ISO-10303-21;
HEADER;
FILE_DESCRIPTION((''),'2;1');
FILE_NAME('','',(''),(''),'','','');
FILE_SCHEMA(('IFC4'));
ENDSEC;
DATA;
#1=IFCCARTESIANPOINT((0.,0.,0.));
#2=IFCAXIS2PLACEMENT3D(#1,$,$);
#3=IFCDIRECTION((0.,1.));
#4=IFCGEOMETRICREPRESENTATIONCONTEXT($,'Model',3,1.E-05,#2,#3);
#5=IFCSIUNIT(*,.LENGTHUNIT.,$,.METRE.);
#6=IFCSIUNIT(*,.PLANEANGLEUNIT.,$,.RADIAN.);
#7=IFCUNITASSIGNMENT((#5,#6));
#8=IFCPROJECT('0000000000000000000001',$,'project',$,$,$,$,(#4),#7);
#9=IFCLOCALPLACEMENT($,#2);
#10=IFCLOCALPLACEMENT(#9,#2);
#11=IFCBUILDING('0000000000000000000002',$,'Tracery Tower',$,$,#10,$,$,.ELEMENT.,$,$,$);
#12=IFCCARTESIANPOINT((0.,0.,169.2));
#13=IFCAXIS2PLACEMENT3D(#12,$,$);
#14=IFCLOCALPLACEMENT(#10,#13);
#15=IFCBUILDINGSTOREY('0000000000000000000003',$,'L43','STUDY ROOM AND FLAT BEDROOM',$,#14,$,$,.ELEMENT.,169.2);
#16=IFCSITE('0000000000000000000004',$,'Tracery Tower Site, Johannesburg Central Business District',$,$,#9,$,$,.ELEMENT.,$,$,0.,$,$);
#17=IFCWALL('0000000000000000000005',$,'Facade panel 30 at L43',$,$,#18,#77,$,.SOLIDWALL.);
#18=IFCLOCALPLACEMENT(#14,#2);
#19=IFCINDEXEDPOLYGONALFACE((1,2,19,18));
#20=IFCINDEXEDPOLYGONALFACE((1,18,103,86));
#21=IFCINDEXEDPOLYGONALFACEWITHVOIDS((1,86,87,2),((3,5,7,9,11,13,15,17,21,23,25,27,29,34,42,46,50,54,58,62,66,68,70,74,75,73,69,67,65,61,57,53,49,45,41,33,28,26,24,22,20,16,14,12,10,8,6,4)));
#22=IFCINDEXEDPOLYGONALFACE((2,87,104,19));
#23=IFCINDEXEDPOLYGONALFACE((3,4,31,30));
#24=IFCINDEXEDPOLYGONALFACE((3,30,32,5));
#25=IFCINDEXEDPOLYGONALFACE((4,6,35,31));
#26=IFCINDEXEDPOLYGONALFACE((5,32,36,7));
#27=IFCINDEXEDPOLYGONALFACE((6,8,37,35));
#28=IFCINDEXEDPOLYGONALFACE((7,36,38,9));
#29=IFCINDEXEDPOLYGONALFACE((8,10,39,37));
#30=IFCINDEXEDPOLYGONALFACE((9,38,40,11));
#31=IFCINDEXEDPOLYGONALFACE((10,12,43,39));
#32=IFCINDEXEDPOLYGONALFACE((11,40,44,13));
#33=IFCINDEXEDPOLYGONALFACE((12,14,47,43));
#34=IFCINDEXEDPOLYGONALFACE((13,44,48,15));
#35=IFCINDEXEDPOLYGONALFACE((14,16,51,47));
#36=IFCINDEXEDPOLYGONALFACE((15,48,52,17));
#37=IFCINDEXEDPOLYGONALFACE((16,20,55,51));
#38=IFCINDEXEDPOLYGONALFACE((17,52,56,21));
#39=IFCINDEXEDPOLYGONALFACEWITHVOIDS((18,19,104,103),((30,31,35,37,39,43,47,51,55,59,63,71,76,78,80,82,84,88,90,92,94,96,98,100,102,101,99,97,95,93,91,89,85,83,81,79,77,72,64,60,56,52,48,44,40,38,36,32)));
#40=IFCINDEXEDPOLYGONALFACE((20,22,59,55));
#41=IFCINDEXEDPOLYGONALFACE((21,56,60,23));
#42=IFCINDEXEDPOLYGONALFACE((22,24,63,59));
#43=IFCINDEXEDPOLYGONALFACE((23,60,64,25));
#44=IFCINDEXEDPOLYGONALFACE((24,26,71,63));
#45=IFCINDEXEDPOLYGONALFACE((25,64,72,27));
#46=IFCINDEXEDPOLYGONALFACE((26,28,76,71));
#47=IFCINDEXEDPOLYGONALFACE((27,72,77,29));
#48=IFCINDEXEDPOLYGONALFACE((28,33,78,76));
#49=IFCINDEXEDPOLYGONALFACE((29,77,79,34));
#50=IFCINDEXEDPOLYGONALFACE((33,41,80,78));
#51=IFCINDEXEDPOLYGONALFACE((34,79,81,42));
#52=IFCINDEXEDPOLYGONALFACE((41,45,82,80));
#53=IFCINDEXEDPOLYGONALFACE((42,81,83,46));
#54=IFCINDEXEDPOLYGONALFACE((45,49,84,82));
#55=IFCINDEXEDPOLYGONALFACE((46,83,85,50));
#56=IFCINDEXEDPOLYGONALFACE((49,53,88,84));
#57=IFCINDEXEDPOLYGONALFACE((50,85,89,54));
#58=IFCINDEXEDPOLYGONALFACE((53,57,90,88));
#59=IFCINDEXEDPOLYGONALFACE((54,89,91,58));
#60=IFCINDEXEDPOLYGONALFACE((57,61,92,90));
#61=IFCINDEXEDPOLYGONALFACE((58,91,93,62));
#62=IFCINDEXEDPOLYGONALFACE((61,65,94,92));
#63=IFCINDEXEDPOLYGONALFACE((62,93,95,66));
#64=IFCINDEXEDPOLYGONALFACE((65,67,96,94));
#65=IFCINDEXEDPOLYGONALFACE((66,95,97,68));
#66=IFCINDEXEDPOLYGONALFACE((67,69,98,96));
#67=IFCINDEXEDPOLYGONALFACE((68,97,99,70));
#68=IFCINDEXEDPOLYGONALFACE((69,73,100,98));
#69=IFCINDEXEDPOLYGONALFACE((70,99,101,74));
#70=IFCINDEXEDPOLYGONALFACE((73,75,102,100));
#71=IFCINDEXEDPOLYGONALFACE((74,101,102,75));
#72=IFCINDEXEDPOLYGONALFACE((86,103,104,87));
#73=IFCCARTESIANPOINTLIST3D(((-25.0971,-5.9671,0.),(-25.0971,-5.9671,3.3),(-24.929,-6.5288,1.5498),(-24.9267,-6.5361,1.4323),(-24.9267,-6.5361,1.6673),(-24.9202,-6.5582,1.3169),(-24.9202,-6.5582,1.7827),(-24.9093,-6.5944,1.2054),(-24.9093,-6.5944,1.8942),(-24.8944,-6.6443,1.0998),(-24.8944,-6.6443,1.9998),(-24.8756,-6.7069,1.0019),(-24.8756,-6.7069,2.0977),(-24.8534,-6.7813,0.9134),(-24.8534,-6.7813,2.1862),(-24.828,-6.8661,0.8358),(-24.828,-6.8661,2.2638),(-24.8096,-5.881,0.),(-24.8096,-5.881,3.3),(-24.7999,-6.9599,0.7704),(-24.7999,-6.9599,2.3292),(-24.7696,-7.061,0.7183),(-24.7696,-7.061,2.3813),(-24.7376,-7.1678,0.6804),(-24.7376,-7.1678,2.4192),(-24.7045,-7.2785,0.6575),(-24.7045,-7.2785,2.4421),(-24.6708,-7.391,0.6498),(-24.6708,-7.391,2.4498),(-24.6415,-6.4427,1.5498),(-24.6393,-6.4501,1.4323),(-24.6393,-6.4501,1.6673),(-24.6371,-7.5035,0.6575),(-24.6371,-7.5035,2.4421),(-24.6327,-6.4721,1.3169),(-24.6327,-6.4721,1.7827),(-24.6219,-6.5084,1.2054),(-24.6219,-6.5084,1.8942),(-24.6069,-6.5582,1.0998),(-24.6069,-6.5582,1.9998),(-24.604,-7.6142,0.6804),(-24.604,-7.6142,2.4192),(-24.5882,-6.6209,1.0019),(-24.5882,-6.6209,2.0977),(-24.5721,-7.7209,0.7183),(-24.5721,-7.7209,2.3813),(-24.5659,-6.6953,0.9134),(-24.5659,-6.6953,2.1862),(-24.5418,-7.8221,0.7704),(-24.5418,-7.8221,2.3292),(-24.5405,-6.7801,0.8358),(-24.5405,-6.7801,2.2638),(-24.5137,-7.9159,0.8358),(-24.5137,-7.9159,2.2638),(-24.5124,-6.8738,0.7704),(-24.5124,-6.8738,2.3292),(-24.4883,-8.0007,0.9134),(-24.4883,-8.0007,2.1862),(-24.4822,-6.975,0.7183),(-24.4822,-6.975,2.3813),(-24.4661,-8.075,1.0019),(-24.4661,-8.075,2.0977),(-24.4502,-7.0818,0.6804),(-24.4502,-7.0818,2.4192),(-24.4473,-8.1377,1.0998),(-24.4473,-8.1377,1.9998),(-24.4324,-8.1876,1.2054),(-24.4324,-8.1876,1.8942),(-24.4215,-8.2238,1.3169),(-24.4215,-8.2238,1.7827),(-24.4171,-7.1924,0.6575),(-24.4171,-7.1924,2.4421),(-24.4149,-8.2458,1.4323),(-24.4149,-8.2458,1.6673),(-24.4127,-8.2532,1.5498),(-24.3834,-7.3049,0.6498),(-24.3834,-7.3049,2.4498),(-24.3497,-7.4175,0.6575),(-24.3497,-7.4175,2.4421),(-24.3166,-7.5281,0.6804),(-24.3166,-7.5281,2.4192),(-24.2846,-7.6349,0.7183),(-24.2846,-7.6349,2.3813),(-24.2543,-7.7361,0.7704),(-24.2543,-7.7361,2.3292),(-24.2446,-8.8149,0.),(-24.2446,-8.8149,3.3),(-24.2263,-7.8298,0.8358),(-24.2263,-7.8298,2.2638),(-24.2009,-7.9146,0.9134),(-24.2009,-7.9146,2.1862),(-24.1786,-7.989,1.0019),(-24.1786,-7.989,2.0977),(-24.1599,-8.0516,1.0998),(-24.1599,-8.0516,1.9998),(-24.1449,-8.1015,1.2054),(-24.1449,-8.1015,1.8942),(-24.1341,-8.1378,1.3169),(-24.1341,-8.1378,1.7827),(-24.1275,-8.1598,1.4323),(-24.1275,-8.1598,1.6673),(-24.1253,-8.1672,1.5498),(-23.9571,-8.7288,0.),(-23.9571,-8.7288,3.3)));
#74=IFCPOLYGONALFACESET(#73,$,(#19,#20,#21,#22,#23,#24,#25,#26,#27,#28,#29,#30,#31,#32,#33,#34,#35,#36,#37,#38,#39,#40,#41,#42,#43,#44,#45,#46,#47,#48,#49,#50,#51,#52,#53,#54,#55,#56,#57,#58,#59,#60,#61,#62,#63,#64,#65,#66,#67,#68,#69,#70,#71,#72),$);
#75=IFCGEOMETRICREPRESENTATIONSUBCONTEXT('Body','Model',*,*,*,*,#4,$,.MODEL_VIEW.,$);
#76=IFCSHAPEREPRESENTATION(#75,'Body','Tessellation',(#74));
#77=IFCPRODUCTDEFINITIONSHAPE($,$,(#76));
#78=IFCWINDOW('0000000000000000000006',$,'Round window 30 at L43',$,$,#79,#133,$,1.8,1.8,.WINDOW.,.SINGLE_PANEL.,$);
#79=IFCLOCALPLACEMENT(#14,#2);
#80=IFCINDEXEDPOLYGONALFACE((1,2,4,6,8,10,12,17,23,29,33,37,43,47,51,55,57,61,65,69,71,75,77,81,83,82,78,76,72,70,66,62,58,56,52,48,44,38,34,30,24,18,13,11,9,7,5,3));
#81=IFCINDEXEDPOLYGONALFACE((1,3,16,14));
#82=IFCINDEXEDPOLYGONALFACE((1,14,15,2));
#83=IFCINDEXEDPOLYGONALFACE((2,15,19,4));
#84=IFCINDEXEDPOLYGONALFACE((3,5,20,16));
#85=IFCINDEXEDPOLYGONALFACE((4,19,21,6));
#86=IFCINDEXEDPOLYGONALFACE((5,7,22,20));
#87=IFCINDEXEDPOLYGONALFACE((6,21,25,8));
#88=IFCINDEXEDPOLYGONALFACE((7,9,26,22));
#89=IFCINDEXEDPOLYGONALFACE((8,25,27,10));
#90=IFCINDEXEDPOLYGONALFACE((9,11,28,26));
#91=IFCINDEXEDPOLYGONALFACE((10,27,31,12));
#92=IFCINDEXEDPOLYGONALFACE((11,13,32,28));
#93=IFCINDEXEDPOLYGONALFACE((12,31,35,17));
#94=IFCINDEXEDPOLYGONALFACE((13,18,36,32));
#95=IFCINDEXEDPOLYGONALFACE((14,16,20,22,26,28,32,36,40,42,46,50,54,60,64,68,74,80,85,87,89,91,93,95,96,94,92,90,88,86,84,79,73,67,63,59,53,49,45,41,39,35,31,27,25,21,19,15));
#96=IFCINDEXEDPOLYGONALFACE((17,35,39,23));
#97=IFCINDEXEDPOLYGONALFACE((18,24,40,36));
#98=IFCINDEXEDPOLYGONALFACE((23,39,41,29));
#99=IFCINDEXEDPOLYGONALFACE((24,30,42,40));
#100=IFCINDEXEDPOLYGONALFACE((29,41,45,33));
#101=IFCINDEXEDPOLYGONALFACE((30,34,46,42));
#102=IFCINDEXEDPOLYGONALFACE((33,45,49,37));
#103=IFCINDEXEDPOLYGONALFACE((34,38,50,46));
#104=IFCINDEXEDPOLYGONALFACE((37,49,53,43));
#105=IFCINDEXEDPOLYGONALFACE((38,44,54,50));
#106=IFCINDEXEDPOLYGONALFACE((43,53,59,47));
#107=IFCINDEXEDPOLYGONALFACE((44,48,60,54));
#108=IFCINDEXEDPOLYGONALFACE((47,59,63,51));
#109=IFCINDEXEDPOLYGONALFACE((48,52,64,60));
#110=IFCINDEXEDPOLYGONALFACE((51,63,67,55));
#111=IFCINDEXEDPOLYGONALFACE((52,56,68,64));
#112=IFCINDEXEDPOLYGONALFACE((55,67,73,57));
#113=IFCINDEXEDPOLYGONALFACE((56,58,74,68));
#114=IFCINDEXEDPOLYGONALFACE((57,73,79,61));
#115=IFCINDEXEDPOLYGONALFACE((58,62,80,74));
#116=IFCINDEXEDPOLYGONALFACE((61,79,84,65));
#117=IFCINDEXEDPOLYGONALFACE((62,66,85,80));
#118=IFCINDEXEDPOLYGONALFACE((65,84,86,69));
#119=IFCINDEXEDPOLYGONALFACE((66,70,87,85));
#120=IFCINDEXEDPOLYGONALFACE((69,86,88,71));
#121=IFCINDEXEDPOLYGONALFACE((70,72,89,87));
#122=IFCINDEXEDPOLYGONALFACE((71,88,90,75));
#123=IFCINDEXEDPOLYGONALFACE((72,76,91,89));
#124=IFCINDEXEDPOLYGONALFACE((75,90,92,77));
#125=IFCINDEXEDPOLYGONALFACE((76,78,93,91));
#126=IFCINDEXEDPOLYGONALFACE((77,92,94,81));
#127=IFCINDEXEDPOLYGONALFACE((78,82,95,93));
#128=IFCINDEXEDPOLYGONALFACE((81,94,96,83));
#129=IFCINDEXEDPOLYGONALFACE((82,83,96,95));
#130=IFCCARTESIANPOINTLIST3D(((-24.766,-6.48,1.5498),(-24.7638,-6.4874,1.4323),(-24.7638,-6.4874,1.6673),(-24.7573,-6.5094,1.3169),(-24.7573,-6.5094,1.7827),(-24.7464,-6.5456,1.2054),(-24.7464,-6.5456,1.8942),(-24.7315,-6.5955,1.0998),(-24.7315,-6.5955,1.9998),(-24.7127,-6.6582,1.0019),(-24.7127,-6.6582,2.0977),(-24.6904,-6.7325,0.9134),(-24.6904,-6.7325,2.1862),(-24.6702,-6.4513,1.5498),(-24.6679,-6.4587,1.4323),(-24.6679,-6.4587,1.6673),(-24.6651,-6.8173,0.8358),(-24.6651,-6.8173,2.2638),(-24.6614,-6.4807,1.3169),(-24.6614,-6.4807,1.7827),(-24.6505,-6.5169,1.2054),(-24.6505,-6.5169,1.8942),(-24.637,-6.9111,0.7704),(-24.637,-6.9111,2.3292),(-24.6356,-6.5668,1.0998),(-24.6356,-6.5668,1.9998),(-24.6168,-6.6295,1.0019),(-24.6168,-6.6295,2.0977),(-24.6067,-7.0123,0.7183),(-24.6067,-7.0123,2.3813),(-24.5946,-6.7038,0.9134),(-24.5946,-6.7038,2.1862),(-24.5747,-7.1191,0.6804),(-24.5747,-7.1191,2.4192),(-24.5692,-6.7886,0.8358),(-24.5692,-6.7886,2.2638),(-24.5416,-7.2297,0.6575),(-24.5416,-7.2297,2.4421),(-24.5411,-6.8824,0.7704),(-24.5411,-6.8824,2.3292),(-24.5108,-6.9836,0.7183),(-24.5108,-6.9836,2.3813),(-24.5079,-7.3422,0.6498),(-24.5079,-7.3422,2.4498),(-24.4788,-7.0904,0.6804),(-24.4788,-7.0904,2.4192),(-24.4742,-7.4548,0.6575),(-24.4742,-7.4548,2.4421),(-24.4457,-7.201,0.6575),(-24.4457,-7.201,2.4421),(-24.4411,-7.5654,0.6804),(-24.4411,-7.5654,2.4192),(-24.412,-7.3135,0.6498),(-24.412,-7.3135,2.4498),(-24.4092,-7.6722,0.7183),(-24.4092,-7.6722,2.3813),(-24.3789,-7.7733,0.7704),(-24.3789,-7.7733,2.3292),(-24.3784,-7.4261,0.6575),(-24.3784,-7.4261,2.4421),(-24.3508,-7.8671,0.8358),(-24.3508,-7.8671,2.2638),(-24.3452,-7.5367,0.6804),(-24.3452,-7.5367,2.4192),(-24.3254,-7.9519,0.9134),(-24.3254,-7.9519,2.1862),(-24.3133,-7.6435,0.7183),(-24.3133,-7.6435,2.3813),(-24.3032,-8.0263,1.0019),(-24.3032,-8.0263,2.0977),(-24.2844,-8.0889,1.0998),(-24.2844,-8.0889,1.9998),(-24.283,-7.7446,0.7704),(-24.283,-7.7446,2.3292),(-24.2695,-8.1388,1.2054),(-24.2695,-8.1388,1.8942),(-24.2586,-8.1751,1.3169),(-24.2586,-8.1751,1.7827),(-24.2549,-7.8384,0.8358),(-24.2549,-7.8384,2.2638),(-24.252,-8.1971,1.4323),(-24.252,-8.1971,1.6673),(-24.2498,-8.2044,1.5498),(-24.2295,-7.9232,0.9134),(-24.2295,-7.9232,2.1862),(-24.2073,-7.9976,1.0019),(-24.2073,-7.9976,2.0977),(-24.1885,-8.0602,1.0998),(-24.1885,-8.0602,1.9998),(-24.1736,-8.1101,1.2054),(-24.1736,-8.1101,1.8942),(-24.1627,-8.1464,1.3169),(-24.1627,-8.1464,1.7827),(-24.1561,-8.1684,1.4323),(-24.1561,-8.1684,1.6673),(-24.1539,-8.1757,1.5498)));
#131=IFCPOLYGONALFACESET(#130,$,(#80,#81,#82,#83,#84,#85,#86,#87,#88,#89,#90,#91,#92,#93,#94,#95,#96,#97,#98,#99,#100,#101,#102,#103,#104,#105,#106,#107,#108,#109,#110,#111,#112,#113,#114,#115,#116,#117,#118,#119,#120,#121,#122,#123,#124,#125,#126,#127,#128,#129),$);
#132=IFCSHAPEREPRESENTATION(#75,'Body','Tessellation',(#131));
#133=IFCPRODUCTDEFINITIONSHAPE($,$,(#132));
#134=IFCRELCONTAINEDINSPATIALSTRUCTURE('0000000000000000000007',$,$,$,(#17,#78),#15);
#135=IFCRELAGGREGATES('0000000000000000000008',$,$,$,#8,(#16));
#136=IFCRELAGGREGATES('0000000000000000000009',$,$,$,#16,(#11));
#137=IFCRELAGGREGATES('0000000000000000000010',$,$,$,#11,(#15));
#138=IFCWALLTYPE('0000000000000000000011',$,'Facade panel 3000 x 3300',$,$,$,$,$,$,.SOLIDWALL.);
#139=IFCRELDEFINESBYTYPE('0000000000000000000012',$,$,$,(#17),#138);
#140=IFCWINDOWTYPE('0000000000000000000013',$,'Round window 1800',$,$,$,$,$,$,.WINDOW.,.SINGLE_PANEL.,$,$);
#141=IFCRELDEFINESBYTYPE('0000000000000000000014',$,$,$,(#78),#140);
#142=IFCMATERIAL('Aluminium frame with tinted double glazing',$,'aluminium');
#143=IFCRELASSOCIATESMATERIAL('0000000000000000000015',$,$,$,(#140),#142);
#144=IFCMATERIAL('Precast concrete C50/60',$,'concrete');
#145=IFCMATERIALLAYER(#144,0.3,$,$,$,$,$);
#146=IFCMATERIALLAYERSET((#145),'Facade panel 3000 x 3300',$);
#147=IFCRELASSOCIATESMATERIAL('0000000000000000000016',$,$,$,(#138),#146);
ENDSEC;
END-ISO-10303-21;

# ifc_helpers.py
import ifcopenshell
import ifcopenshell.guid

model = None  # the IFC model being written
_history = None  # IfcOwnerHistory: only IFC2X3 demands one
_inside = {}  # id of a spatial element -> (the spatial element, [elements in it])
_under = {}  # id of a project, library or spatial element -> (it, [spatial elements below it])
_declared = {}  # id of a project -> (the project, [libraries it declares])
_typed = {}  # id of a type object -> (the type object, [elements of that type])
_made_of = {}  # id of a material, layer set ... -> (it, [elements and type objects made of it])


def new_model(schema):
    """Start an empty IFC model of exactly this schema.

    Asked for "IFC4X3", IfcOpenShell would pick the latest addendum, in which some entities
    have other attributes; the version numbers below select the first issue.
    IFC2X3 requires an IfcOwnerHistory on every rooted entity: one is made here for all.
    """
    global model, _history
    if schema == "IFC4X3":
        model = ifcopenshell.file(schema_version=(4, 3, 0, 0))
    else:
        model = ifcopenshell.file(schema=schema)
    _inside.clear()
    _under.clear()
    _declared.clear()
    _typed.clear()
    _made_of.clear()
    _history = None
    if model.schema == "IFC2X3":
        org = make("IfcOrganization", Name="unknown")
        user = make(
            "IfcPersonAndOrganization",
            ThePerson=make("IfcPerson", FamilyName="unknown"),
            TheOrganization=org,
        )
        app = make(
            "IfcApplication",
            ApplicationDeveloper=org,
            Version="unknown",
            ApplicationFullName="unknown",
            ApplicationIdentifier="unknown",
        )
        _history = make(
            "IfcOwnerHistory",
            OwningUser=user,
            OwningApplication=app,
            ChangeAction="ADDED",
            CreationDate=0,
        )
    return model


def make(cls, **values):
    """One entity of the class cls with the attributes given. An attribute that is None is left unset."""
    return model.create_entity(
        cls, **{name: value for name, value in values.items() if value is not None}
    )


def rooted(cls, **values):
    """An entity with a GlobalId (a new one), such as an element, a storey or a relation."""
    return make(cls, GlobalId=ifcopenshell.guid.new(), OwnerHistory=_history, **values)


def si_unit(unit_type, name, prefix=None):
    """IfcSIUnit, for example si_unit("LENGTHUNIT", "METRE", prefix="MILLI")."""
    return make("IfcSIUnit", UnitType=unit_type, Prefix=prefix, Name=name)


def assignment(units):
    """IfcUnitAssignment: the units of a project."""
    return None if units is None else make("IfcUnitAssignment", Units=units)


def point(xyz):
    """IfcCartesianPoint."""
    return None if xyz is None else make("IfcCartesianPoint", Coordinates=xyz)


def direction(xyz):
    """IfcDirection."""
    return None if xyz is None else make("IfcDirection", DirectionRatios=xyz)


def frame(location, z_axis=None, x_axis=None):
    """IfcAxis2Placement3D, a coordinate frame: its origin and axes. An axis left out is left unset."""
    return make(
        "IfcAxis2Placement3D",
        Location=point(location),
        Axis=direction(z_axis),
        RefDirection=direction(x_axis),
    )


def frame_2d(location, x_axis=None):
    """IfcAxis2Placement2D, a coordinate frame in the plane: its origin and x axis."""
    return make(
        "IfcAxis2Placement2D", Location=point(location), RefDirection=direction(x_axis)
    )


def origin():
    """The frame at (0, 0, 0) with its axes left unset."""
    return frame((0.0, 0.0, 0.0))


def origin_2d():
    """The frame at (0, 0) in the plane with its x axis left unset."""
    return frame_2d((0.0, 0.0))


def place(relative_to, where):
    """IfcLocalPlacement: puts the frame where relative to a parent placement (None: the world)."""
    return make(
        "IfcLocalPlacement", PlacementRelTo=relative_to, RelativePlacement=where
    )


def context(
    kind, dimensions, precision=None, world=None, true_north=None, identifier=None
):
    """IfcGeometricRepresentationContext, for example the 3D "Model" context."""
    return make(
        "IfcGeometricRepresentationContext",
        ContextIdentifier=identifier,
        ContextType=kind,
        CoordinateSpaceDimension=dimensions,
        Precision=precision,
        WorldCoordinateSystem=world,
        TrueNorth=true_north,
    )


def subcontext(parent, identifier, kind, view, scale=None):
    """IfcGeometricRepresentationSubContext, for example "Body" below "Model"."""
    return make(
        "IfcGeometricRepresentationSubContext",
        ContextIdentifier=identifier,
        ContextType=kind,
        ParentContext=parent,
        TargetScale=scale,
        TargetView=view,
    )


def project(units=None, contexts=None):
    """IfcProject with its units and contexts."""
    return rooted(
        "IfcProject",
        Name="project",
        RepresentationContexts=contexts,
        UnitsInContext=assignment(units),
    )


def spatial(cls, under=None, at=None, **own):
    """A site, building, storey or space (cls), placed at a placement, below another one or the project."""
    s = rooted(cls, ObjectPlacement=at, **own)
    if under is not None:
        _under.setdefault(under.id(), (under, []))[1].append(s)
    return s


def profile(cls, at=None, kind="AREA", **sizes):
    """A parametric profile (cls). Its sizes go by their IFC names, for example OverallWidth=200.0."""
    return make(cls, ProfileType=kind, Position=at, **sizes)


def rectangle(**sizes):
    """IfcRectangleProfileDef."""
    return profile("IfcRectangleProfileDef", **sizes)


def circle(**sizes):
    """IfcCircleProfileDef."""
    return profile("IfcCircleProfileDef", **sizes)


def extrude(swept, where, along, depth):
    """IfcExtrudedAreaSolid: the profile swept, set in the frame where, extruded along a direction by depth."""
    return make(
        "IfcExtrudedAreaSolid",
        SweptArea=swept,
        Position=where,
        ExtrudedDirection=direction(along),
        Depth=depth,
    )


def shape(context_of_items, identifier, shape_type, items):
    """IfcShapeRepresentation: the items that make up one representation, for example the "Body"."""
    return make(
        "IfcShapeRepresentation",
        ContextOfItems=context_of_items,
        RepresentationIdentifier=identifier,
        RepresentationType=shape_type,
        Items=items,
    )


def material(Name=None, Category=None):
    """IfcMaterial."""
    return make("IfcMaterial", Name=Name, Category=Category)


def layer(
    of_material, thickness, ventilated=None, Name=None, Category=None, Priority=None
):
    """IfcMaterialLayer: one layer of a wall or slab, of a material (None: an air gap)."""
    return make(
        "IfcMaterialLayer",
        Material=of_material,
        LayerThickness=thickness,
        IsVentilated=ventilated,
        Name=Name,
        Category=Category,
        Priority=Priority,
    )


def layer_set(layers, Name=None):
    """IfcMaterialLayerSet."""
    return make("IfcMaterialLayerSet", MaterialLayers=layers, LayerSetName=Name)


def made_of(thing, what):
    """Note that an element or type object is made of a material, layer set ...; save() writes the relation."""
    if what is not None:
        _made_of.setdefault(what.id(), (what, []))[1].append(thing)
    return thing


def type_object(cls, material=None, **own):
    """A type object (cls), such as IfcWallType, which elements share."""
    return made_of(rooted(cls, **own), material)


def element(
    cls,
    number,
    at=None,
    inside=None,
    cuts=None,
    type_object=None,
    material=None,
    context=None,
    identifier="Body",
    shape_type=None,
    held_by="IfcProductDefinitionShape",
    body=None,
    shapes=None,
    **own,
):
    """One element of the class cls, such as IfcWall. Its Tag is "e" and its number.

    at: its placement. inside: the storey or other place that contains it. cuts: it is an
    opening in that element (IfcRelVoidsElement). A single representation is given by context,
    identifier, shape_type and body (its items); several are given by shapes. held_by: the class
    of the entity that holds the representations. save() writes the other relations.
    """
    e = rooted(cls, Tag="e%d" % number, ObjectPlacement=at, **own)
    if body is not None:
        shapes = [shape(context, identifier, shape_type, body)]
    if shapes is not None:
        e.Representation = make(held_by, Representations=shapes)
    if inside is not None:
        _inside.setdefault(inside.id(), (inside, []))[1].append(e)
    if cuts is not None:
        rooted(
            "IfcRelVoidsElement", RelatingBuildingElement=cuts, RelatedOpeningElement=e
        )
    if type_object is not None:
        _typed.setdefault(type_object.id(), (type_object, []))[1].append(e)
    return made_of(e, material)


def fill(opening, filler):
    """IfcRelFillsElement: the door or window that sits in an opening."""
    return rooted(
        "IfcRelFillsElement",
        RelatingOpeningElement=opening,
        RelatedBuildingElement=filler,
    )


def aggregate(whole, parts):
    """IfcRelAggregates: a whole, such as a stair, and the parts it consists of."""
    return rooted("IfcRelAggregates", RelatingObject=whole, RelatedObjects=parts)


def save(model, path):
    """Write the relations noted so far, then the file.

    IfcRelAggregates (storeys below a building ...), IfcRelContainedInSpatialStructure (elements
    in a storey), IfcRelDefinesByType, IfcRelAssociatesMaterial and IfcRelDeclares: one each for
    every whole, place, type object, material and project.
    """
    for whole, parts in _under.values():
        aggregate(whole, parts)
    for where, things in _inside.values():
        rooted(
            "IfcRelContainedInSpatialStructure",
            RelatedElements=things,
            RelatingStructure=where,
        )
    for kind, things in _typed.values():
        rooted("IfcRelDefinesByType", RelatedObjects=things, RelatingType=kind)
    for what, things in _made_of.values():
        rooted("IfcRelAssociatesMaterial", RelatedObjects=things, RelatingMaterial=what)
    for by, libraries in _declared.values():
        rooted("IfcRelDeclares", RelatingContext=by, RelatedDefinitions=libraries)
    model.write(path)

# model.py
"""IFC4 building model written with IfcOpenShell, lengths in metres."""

from ifc_helpers import new_model, si_unit, direction, frame, frame_2d, origin, origin_2d, place, context, subcontext, project, spatial, rectangle, circle, extrude, material, layer, layer_set, type_object, element, fill, save


model = new_model("IFC4")

# Units and contexts
model_context = context("Model", 3, precision=1e-05, world=origin(), true_north=direction((0.0, 1.0)))
body_context = subcontext(model_context, "Body", "Model", "MODEL_VIEW")
ifc_project = project(units=[si_unit("LENGTHUNIT", "METRE"), si_unit("PLANEANGLEUNIT", "RADIAN")], contexts=[model_context])

# Site, building, storey
site_placement = place(None, origin())
site = spatial("IfcSite", under=ifc_project, at=site_placement, Name="Tracery Tower Site, Johannesburg Central Business District", CompositionType="ELEMENT", RefElevation=0.0)
building_placement = place(site_placement, origin())
building = spatial("IfcBuilding", under=site, at=building_placement, Name="Tracery Tower", CompositionType="ELEMENT")
storey_placement = place(building_placement, frame((0.0, 0.0, 169.2)))
storey = spatial("IfcBuildingStorey", under=building, at=storey_placement, Name="L43", Description="STUDY ROOM AND FLAT BEDROOM", CompositionType="ELEMENT", Elevation=169.2)

# Wall, opening, window
ifc_material_1 = material(Name="Aluminium frame with tinted double glazing", Category="aluminium")
window_type = type_object("IfcWindowType", Name="Round window 1800", PartitioningType="SINGLE_PANEL", PredefinedType="WINDOW", material=ifc_material_1)
ifc_material_2 = material(Name="Precast concrete C50/60", Category="concrete")
ifc_layer_1 = layer(ifc_material_2, 0.3)
ifc_layer_set_1 = layer_set([ifc_layer_1], Name="Facade panel 3000 x 3300")
wall_type_1 = type_object("IfcWallType", Name="Facade panel 3000 x 3300", PredefinedType="SOLIDWALL", material=ifc_layer_set_1)
wall_1_placement = place(storey_placement, frame((-24.9534, -5.9241, 0.0), z_axis=(0.0, 0.0, 1.0), x_axis=(0.286783, -0.957996, 0.0)))
wall_1 = element("IfcWall", 1, at=wall_1_placement, inside=storey, type_object=wall_type_1, Name="Facade panel 30 at L43", PredefinedType="SOLIDWALL", context=body_context, shape_type="SweptSolid", body=[
    extrude(rectangle(XDim=2.9727, YDim=0.3, at=frame_2d((1.4863, 0.0))), origin(), (0.0, 0.0, 1.0), 3.3),
])
opening_1_placement = place(wall_1_placement, frame((1.4863, 0.0, 1.5498)))
opening_1 = element("IfcOpeningElement", 2, at=opening_1_placement, cuts=wall_1, PredefinedType="OPENING", context=body_context, shape_type="SweptSolid", body=[
    extrude(circle(Radius=0.9, at=origin_2d()), frame((0.0, 0.1599, 0.0), z_axis=(0.0, -1.0, 0.0), x_axis=(1.0, 0.0, 0.0)), (0.0, 0.0, 1.0), 0.3201),
])
window_1_placement = place(opening_1_placement, origin())
window_1 = element("IfcWindow", 3, at=window_1_placement, inside=storey, type_object=window_type, Name="Round window 30 at L43", OverallHeight=1.8, OverallWidth=1.8, PartitioningType="SINGLE_PANEL", PredefinedType="WINDOW", context=body_context, shape_type="SweptSolid", body=[
    extrude(circle(Radius=0.9, at=origin_2d()), frame((0.0, 0.1201, 0.0), z_axis=(0.0, -1.0, 0.0), x_axis=(1.0, 0.0, 0.0)), (0.0, 0.0, 1.0), 0.1001),
])
fill(opening_1, window_1)

save(model, "model.ifc")
